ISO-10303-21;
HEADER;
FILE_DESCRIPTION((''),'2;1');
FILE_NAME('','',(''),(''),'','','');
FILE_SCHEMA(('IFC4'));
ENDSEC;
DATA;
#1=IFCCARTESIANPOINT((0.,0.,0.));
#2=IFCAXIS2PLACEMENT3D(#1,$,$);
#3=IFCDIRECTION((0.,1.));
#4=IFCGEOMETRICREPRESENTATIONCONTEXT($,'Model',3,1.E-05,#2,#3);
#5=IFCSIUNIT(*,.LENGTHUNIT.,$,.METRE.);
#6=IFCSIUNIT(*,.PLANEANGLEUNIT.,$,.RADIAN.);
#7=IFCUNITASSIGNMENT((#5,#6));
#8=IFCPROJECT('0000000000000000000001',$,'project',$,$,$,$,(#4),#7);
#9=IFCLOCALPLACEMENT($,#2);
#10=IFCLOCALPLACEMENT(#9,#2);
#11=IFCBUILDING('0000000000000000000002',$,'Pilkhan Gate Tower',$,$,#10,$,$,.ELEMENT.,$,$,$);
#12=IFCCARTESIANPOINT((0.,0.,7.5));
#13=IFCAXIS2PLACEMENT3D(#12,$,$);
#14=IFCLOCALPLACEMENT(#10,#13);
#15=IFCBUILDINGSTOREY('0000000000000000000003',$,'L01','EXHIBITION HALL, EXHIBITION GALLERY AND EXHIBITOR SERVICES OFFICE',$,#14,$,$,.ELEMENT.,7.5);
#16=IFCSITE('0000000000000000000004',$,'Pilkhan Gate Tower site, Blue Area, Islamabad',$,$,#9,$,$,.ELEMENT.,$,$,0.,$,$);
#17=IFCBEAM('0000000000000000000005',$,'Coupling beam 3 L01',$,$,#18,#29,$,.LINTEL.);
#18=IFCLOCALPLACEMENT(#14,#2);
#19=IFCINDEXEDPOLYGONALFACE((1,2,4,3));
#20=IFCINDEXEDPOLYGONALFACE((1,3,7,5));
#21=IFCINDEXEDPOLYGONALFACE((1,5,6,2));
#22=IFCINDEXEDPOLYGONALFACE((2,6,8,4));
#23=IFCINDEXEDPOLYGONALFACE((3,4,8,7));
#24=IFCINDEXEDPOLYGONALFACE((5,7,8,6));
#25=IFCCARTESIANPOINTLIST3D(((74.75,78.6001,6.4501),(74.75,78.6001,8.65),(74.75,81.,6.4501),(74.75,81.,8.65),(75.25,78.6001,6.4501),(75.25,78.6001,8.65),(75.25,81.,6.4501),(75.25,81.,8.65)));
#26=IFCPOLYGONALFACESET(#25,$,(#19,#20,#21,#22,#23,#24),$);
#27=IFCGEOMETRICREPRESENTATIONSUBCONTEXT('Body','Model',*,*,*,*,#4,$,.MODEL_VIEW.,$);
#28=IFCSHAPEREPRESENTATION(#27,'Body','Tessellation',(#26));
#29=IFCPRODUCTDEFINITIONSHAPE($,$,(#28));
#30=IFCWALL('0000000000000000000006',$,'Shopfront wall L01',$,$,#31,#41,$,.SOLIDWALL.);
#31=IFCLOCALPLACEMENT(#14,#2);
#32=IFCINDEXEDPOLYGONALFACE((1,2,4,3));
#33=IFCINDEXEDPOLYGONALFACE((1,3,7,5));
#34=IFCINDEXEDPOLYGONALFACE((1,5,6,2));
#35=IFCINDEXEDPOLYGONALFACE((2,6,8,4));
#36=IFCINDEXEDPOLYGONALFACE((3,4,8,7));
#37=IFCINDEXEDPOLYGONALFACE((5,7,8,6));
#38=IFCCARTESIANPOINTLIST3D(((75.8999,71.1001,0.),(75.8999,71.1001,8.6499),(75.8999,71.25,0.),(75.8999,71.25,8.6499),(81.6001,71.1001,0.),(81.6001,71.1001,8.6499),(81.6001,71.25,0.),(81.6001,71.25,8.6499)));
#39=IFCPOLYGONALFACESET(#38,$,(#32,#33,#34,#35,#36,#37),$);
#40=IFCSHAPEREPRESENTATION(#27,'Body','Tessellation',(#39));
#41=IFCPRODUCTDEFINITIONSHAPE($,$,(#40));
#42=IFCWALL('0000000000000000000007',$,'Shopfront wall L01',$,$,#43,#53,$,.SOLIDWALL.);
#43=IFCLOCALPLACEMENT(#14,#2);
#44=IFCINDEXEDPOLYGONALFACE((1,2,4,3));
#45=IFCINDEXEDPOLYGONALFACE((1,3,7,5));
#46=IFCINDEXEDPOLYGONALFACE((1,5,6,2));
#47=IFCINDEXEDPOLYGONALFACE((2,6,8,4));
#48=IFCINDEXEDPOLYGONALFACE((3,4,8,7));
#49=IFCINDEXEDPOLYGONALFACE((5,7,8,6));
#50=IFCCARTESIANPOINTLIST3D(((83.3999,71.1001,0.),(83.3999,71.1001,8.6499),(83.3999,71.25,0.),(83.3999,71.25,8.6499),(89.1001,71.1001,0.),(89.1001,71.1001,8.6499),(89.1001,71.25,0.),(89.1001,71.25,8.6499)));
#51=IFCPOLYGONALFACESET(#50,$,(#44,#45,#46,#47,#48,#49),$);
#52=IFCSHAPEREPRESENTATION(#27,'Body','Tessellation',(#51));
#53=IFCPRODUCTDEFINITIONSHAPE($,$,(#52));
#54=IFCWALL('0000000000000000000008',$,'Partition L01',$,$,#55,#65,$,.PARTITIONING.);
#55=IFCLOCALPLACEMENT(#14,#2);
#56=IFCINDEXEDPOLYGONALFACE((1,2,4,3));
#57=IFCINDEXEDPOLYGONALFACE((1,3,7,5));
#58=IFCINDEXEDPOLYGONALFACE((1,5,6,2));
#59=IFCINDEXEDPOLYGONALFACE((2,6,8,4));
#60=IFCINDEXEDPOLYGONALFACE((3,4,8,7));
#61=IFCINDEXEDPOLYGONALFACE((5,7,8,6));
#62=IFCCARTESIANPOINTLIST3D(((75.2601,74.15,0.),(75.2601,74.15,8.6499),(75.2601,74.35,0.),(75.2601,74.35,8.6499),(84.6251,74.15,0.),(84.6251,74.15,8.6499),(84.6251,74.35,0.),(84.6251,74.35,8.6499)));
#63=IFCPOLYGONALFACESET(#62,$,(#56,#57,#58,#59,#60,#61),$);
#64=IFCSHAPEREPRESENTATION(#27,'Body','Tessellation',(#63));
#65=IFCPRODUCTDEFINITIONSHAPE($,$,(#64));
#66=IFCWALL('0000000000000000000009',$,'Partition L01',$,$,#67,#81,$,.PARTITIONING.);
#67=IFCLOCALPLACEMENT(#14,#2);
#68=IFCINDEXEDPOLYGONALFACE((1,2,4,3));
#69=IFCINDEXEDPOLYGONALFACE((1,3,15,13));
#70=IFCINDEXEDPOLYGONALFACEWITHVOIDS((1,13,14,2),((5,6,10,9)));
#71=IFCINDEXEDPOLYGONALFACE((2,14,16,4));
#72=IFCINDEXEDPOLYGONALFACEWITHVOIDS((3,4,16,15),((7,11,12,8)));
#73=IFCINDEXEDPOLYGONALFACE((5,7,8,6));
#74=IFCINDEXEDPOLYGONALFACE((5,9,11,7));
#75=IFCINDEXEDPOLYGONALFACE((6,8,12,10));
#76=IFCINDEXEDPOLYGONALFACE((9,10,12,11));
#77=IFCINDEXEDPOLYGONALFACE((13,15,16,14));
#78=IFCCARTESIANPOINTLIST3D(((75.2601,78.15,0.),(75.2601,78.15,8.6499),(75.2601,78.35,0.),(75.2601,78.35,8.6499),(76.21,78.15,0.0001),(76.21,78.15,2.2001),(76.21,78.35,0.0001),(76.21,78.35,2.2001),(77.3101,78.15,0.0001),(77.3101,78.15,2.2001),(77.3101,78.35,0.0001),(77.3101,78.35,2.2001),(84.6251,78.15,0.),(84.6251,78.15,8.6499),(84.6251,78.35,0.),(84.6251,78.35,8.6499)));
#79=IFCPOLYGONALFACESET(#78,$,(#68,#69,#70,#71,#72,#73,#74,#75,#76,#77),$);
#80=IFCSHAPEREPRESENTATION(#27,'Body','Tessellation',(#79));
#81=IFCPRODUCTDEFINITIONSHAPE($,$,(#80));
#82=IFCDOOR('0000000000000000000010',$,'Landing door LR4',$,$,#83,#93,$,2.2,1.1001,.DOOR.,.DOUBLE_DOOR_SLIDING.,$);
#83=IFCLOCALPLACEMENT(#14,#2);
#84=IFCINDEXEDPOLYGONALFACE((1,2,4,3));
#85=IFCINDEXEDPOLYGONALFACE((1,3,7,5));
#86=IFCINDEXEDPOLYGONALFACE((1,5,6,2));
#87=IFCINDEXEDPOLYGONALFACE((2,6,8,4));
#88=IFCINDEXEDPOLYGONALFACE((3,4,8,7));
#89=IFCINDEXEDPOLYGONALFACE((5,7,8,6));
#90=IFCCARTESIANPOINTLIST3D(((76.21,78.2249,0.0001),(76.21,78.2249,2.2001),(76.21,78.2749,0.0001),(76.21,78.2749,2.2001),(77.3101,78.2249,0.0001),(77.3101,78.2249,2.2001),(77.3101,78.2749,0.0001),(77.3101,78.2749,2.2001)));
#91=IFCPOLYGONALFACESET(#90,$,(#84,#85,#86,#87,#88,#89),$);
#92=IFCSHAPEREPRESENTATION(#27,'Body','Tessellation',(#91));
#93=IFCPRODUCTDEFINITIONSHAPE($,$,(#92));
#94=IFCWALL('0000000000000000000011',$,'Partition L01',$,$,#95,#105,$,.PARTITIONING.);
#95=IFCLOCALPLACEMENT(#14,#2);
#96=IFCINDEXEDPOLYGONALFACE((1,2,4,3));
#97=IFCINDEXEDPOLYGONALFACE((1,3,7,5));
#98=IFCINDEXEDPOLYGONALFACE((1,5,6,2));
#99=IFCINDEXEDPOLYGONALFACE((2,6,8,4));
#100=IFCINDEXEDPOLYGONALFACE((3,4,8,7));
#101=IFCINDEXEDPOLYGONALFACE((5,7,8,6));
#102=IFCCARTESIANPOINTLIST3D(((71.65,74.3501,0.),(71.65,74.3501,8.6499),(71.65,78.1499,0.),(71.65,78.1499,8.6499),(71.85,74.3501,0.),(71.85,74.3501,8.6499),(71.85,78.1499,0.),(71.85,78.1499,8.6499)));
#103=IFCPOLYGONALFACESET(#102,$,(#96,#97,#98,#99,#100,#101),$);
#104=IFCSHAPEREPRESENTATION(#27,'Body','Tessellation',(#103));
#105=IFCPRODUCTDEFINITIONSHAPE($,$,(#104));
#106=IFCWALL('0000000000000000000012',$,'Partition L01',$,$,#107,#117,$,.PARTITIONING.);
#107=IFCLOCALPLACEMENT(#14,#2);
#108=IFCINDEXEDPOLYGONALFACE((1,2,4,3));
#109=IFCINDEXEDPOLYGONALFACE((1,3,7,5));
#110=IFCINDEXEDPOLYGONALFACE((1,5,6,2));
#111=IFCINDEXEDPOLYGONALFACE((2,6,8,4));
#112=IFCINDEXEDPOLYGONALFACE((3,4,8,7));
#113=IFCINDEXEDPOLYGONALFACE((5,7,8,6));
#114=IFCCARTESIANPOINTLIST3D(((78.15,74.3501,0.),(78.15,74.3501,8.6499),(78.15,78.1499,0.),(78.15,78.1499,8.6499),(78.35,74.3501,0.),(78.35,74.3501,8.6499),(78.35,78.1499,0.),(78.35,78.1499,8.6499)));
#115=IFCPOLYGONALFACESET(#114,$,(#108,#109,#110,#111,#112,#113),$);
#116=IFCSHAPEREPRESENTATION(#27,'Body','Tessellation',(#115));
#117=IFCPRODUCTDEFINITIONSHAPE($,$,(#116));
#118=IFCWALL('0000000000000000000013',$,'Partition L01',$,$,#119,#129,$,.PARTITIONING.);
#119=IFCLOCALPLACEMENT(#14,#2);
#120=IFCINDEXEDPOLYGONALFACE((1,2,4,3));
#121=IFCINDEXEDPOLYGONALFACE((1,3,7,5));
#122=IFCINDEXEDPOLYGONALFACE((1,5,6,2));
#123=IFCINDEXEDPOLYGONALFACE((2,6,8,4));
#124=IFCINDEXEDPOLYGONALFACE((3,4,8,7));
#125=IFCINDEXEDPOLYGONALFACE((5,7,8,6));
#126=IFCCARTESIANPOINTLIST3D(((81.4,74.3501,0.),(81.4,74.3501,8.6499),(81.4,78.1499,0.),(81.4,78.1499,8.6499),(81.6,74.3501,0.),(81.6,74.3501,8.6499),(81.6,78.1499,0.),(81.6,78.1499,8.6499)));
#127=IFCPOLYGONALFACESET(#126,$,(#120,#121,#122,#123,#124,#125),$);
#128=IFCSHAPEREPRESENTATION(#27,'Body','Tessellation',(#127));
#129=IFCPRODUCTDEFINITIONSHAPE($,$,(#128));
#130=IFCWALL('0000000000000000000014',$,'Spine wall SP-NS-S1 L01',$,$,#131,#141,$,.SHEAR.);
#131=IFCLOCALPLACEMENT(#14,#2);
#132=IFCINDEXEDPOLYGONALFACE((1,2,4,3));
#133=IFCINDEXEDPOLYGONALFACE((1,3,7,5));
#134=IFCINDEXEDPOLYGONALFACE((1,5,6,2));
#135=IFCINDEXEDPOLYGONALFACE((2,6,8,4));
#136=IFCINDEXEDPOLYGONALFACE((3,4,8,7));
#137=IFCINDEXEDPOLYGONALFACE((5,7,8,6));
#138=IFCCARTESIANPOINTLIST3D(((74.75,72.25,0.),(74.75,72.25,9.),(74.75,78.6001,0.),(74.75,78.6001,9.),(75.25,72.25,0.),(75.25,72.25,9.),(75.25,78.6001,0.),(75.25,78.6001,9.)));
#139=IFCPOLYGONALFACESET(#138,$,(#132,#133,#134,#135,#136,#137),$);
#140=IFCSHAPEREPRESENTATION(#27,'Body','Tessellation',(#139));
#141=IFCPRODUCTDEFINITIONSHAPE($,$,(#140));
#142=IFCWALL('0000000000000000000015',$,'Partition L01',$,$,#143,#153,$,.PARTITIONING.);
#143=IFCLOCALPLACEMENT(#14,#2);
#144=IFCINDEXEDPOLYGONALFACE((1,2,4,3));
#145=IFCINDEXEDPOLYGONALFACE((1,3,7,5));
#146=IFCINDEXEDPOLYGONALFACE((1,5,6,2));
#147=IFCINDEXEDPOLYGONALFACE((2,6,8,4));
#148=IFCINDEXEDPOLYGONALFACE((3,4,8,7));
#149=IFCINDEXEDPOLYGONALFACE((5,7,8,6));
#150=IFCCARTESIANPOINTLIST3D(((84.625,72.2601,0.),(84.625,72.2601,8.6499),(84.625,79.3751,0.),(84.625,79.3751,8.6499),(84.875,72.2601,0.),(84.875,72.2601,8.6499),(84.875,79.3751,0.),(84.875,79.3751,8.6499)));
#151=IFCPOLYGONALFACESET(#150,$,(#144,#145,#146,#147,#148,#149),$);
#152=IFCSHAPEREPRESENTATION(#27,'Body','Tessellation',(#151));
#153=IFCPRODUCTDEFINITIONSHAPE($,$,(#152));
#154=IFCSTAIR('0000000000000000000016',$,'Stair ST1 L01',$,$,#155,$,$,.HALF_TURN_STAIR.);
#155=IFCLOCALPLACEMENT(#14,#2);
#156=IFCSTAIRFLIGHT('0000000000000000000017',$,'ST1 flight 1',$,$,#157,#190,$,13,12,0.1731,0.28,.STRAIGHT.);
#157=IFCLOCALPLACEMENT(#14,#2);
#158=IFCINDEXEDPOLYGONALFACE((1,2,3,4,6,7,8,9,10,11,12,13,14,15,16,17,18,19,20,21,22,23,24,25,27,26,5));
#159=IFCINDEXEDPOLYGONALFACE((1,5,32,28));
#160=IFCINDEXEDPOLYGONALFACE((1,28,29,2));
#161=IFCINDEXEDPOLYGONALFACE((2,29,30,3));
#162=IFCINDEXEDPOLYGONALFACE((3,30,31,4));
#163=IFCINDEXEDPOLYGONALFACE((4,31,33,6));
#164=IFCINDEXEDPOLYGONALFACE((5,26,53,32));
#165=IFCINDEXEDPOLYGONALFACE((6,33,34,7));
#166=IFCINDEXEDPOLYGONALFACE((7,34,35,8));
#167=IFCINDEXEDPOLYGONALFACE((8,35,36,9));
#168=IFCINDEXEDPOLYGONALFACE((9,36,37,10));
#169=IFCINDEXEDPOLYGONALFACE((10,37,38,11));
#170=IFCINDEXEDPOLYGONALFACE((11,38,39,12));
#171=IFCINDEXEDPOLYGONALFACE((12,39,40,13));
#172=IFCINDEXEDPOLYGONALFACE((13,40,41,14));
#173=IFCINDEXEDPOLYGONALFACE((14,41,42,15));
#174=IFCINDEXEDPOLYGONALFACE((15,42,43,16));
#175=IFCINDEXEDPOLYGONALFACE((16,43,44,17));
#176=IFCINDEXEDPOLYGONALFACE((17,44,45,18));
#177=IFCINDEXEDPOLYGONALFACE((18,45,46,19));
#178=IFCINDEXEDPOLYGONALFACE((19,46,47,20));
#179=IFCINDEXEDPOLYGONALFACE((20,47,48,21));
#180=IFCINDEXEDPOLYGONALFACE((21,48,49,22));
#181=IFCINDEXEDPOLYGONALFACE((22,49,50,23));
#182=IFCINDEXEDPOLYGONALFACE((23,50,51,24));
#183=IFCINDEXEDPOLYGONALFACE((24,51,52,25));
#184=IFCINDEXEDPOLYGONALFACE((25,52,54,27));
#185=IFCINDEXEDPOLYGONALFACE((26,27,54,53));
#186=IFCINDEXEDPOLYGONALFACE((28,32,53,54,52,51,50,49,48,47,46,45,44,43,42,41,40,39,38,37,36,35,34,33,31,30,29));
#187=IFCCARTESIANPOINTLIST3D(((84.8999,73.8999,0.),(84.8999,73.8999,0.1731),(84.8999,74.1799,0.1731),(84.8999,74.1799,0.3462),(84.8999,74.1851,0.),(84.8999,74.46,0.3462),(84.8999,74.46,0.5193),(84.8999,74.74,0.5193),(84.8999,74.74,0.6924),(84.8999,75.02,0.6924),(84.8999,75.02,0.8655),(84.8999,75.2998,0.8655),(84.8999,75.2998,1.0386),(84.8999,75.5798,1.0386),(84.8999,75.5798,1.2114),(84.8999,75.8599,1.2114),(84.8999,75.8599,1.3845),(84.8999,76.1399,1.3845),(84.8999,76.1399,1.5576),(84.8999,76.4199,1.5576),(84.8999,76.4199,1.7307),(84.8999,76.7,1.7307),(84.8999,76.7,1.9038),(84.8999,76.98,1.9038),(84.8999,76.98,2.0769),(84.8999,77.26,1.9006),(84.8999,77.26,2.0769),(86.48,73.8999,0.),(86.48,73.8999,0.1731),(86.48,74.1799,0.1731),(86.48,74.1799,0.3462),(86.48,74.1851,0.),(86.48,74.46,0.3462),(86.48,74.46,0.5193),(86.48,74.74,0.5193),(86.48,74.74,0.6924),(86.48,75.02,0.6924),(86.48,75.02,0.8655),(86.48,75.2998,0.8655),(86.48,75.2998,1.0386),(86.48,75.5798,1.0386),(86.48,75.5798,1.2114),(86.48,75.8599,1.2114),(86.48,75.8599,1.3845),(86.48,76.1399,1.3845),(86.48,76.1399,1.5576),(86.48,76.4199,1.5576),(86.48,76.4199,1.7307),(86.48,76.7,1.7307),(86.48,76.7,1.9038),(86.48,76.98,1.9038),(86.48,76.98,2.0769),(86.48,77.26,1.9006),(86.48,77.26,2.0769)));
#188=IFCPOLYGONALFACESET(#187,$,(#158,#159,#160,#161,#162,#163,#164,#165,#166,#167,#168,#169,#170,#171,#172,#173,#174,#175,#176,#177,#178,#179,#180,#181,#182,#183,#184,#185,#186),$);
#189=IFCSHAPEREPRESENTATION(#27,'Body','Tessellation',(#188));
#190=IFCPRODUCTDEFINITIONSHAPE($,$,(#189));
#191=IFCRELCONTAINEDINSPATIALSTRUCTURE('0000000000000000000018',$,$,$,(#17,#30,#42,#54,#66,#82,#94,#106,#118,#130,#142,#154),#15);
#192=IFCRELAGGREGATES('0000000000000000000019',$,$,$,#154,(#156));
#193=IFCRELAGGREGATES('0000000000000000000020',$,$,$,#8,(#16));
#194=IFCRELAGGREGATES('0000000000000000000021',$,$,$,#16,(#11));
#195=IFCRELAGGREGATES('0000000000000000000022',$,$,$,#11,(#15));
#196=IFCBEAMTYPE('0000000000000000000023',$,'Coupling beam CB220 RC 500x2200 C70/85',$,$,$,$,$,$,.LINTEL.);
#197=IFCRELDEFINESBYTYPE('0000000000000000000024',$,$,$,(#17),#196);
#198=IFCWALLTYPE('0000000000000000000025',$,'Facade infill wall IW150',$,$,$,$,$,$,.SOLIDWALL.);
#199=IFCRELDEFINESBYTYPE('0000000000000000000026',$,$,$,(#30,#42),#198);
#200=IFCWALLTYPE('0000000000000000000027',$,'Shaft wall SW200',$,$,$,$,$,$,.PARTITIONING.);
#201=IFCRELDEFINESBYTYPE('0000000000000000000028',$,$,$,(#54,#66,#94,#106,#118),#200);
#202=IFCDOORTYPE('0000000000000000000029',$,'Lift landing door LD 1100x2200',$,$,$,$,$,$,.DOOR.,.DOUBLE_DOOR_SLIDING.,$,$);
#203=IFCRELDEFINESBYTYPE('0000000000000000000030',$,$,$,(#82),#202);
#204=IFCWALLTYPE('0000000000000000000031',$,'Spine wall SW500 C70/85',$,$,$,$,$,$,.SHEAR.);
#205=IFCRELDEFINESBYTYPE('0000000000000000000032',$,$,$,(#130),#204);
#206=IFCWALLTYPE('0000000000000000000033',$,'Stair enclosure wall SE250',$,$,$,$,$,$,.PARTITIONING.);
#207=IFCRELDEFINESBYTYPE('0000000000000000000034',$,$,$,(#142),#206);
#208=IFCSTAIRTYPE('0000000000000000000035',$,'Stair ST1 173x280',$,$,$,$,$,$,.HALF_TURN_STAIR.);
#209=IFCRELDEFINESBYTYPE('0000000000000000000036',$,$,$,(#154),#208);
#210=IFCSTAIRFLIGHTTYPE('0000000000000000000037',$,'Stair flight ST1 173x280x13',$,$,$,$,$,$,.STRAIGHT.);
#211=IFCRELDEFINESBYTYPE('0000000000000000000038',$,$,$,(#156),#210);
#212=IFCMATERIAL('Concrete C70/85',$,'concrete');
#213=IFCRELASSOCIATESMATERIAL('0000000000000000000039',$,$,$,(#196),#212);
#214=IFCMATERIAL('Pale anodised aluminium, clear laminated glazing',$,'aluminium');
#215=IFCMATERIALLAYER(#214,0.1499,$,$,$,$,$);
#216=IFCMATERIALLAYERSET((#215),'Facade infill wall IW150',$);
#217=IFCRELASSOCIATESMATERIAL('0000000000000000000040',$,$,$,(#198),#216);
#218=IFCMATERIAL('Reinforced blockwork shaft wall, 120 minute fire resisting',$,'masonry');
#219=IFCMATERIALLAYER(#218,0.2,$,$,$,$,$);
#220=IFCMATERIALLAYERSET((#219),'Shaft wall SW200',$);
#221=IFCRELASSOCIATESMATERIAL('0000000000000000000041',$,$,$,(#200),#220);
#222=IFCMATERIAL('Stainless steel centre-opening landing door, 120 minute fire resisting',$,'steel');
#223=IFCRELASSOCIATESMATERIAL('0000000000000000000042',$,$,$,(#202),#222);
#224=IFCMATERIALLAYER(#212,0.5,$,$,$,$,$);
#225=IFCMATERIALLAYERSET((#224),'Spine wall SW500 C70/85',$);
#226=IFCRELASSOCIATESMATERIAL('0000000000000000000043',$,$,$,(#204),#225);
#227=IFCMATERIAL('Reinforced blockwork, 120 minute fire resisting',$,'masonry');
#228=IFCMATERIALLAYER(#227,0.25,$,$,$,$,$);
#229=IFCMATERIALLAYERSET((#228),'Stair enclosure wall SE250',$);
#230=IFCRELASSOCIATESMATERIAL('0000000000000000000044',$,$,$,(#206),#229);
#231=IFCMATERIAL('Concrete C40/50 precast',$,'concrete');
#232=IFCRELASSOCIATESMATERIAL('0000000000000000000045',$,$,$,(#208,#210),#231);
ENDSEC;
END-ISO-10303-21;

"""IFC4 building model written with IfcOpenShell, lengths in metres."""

from ifc_helpers import new_model, si_unit, direction, frame, frame_2d, origin, origin_2d, place, context, subcontext, project, spatial, polyline, rectangle, outline, extrude, material, layer, layer_set, material_profile, profile_set, type_object, element, fill, aggregate, save


model = new_model("IFC4")

# Units and contexts
model_context = context("Model", 3, precision=1e-05, world=origin(), true_north=direction((0.0, 1.0)))
body_context = subcontext(model_context, "Body", "Model", "MODEL_VIEW")
ifc_project = project(units=[si_unit("LENGTHUNIT", "METRE"), si_unit("PLANEANGLEUNIT", "RADIAN")], contexts=[model_context])

# Site, building, storey
site_placement = place(None, origin())
site = spatial("IfcSite", under=ifc_project, at=site_placement, Name="Pilkhan Gate Tower site, Blue Area, Islamabad", CompositionType="ELEMENT", RefElevation=0.0)
building_placement = place(site_placement, origin())
building = spatial("IfcBuilding", under=site, at=building_placement, Name="Pilkhan Gate Tower", CompositionType="ELEMENT")
storey_placement = place(building_placement, frame((0.0, 0.0, 7.5)))
storey = spatial("IfcBuildingStorey", under=building, at=storey_placement, Name="L01", Description="EXHIBITION HALL, EXHIBITION GALLERY AND EXHIBITOR SERVICES OFFICE", CompositionType="ELEMENT", Elevation=7.5)

# Beam
ifc_material_1 = material(Name="Concrete C70/85", Category="concrete")
ifc_material_profile = material_profile(ifc_material_1, rectangle(XDim=0.5, YDim=2.2, at=origin_2d()), Name="RC 500x2200")
ifc_profile_set = profile_set([ifc_material_profile], Name="Concrete C70/85")
beam_type = type_object("IfcBeamType", Name="Coupling beam CB220 RC 500x2200 C70/85", PredefinedType="LINTEL", material=ifc_profile_set)
beam_placement = place(storey_placement, frame((75.0, 78.6001, 7.55), z_axis=(0.0, 1.0, 0.0), x_axis=(-1.0, 0.0, 0.0)))
element("IfcBeam", 1, at=beam_placement, inside=storey, type_object=beam_type, Name="Coupling beam 3 L01", PredefinedType="LINTEL", context=body_context, shape_type="SweptSolid", body=[
    extrude(rectangle(XDim=0.5, YDim=2.2, at=origin_2d()), origin(), (0.0, 0.0, 1.0), 2.3999),
])

# Walls
ifc_material_2 = material(Name="Pale anodised aluminium, clear laminated glazing", Category="aluminium")
ifc_layer_1 = layer(ifc_material_2, 0.1499)
ifc_layer_set_1 = layer_set([ifc_layer_1], Name="Facade infill wall IW150")
wall_type_1 = type_object("IfcWallType", Name="Facade infill wall IW150", PredefinedType="SOLIDWALL", material=ifc_layer_set_1)
for number, where, z_axis, x_axis, name in (
    (2, (75.8999, 71.175, 0.0), (0.0, 0.0, 1.0), (1.0, 0.0, 0.0), "Shopfront wall L01"),
    (3, (83.3999, 71.175, 0.0), (0.0, 0.0, 1.0), (1.0, 0.0, 0.0), "Shopfront wall L01"),
):
    element("IfcWall", number, at=place(storey_placement, frame(where, z_axis=z_axis, x_axis=x_axis)), inside=storey, type_object=wall_type_1, Name=name, PredefinedType="SOLIDWALL", context=body_context, shape_type="SweptSolid", body=[
        extrude(rectangle(XDim=5.7002, YDim=0.1499, at=frame_2d((2.8501, 0.0))), origin(), (0.0, 0.0, 1.0), 8.6499),
    ])
ifc_material_3 = material(Name="Reinforced blockwork shaft wall, 120 minute fire resisting", Category="masonry")
ifc_layer_2 = layer(ifc_material_3, 0.2)
ifc_layer_set_2 = layer_set([ifc_layer_2], Name="Shaft wall SW200")
wall_type_2 = type_object("IfcWallType", Name="Shaft wall SW200", PredefinedType="PARTITIONING", material=ifc_layer_set_2)
wall_1_placement = place(storey_placement, frame((75.26, 74.25, 0.0), z_axis=(0.0, 0.0, 1.0), x_axis=(1.0, 0.0, 0.0)))
element("IfcWall", 4, at=wall_1_placement, inside=storey, type_object=wall_type_2, Name="Partition L01", PredefinedType="PARTITIONING", context=body_context, shape_type="SweptSolid", body=[
    extrude(rectangle(XDim=9.365, YDim=0.2, at=frame_2d((4.6826, 0.0))), origin(), (0.0, 0.0, 1.0), 8.6499),
])

# Wall, opening, door
wall_2_placement = place(storey_placement, frame((75.26, 78.25, 0.0), z_axis=(0.0, 0.0, 1.0), x_axis=(1.0, 0.0, 0.0)))
wall_2 = element("IfcWall", 5, at=wall_2_placement, inside=storey, type_object=wall_type_2, Name="Partition L01", PredefinedType="PARTITIONING", context=body_context, shape_type="SweptSolid", body=[
    extrude(rectangle(XDim=9.365, YDim=0.2, at=frame_2d((4.6826, 0.0))), origin(), (0.0, 0.0, 1.0), 8.6499),
])
opening_placement = place(wall_2_placement, frame((0.95, 0.0, 0.0)))
opening = element("IfcOpeningElement", 6, at=opening_placement, cuts=wall_2, PredefinedType="OPENING", context=body_context, shape_type="SweptSolid", body=[
    extrude(rectangle(XDim=1.1001, YDim=2.2, at=frame_2d((0.55, 1.1001))), frame((0.0, 0.1099, 0.0), z_axis=(0.0, -1.0, 0.0), x_axis=(1.0, 0.0, 0.0)), (0.0, 0.0, 1.0), 0.22),
])
ifc_material_4 = material(Name="Stainless steel centre-opening landing door, 120 minute fire resisting", Category="steel")
door_type = type_object("IfcDoorType", Name="Lift landing door LD 1100x2200", OperationType="DOUBLE_DOOR_SLIDING", PredefinedType="DOOR", material=ifc_material_4)
door_placement = place(opening_placement, origin())
door = element("IfcDoor", 7, at=door_placement, inside=storey, type_object=door_type, Name="Landing door LR4", OperationType="DOUBLE_DOOR_SLIDING", OverallHeight=2.2, OverallWidth=1.1001, PredefinedType="DOOR", context=body_context, shape_type="SweptSolid", body=[
    extrude(rectangle(XDim=1.1001, YDim=2.2, at=frame_2d((0.55, 1.1001))), frame((0.0, 0.0249, 0.0), z_axis=(0.0, -1.0, 0.0), x_axis=(1.0, 0.0, 0.0)), (0.0, 0.0, 1.0), 0.05),
])
fill(opening, door)

# Walls
for number, where, z_axis, x_axis, name in (
    (8, (71.75, 74.3501, 0.0), (0.0, 0.0, 1.0), (0.0, 1.0, 0.0), "Partition L01"),
    (9, (78.25, 74.3501, 0.0), (0.0, 0.0, 1.0), (0.0, 1.0, 0.0), "Partition L01"),
    (10, (81.5, 74.3501, 0.0), (0.0, 0.0, 1.0), (0.0, 1.0, 0.0), "Partition L01"),
):
    element("IfcWall", number, at=place(storey_placement, frame(where, z_axis=z_axis, x_axis=x_axis)), inside=storey, type_object=wall_type_2, Name=name, PredefinedType="PARTITIONING", context=body_context, shape_type="SweptSolid", body=[
        extrude(rectangle(XDim=3.7998, YDim=0.2, at=frame_2d((1.8999, 0.0))), origin(), (0.0, 0.0, 1.0), 8.6499),
    ])
ifc_layer_3 = layer(ifc_material_1, 0.5)
ifc_layer_set_3 = layer_set([ifc_layer_3], Name="Spine wall SW500 C70/85")
wall_type_3 = type_object("IfcWallType", Name="Spine wall SW500 C70/85", PredefinedType="SHEAR", material=ifc_layer_set_3)
wall_3_placement = place(storey_placement, frame((75.0, 72.25, 0.0), z_axis=(0.0, 0.0, 1.0), x_axis=(0.0, 1.0, 0.0)))
element("IfcWall", 11, at=wall_3_placement, inside=storey, type_object=wall_type_3, Name="Spine wall SP-NS-S1 L01", PredefinedType="SHEAR", context=body_context, shape_type="SweptSolid", body=[
    extrude(rectangle(XDim=6.3501, YDim=0.5, at=frame_2d((3.175, 0.0))), origin(), (0.0, 0.0, 1.0), 9.0),
])
ifc_material_5 = material(Name="Reinforced blockwork, 120 minute fire resisting", Category="masonry")
ifc_layer_4 = layer(ifc_material_5, 0.25)
ifc_layer_set_4 = layer_set([ifc_layer_4], Name="Stair enclosure wall SE250")
wall_type_4 = type_object("IfcWallType", Name="Stair enclosure wall SE250", PredefinedType="PARTITIONING", material=ifc_layer_set_4)
wall_4_placement = place(storey_placement, frame((84.75, 72.26, 0.0), z_axis=(0.0, 0.0, 1.0), x_axis=(0.0, 1.0, 0.0)))
element("IfcWall", 12, at=wall_4_placement, inside=storey, type_object=wall_type_4, Name="Partition L01", PredefinedType="PARTITIONING", context=body_context, shape_type="SweptSolid", body=[
    extrude(rectangle(XDim=7.115, YDim=0.25, at=frame_2d((3.5576, 0.0))), origin(), (0.0, 0.0, 1.0), 8.6499),
])

# Stair, stair flight
ifc_material_6 = material(Name="Concrete C40/50 precast", Category="concrete")
stair_type = type_object("IfcStairType", Name="Stair ST1 173x280", PredefinedType="HALF_TURN_STAIR", material=ifc_material_6)
stair_placement = place(storey_placement, origin())
stair = element("IfcStair", 13, at=stair_placement, inside=storey, type_object=stair_type, Name="Stair ST1 L01", PredefinedType="HALF_TURN_STAIR")
stair_flight_type = type_object("IfcStairFlightType", Name="Stair flight ST1 173x280x13", PredefinedType="STRAIGHT", material=ifc_material_6)
stair_flight_1_placement = place(storey_placement, frame((85.6899, 73.8999, 0.0), z_axis=(0.0, 0.0, 1.0), x_axis=(0.0, 1.0, 0.0)))
stair_flight_1 = element("IfcStairFlight", 14, at=stair_flight_1_placement, type_object=stair_flight_type, Name="ST1 flight 1", NumberOfRisers=13, NumberOfTreads=12, PredefinedType="STRAIGHT", RiserHeight=0.1731, TreadLength=0.28, context=body_context, shape_type="SweptSolid", body=[
    extrude(outline(polyline([(0.0, 0.0), (0.0, 0.1731), (0.28, 0.1731), (0.28, 0.3462), (0.5601, 0.3462), (0.5601, 0.5193), (0.8401, 0.5193), (0.8401, 0.6924), (1.1201, 0.6924), (1.1201, 0.8655), (1.3999, 0.8655), (1.3999, 1.0386), (1.6799, 1.0386), (1.6799, 1.2114), (1.96, 1.2114), (1.96, 1.3845), (2.24, 1.3845), (2.24, 1.5576), (2.52, 1.5576), (2.52, 1.7307), (2.8, 1.7307), (2.8, 1.9038), (3.0801, 1.9038), (3.0801, 2.0769), (3.3601, 2.0769), (3.3601, 2.25), (3.3601, 1.9006), (0.2852, 0.0), (0.0, 0.0)])), frame((0.0, 0.79, 0.0), z_axis=(0.0, -1.0, 0.0), x_axis=(1.0, 0.0, 0.0)), (0.0, 0.0, 1.0), 1.5801),
])
aggregate(stair, [stair_flight_1])

save(model, "model.ifc")
